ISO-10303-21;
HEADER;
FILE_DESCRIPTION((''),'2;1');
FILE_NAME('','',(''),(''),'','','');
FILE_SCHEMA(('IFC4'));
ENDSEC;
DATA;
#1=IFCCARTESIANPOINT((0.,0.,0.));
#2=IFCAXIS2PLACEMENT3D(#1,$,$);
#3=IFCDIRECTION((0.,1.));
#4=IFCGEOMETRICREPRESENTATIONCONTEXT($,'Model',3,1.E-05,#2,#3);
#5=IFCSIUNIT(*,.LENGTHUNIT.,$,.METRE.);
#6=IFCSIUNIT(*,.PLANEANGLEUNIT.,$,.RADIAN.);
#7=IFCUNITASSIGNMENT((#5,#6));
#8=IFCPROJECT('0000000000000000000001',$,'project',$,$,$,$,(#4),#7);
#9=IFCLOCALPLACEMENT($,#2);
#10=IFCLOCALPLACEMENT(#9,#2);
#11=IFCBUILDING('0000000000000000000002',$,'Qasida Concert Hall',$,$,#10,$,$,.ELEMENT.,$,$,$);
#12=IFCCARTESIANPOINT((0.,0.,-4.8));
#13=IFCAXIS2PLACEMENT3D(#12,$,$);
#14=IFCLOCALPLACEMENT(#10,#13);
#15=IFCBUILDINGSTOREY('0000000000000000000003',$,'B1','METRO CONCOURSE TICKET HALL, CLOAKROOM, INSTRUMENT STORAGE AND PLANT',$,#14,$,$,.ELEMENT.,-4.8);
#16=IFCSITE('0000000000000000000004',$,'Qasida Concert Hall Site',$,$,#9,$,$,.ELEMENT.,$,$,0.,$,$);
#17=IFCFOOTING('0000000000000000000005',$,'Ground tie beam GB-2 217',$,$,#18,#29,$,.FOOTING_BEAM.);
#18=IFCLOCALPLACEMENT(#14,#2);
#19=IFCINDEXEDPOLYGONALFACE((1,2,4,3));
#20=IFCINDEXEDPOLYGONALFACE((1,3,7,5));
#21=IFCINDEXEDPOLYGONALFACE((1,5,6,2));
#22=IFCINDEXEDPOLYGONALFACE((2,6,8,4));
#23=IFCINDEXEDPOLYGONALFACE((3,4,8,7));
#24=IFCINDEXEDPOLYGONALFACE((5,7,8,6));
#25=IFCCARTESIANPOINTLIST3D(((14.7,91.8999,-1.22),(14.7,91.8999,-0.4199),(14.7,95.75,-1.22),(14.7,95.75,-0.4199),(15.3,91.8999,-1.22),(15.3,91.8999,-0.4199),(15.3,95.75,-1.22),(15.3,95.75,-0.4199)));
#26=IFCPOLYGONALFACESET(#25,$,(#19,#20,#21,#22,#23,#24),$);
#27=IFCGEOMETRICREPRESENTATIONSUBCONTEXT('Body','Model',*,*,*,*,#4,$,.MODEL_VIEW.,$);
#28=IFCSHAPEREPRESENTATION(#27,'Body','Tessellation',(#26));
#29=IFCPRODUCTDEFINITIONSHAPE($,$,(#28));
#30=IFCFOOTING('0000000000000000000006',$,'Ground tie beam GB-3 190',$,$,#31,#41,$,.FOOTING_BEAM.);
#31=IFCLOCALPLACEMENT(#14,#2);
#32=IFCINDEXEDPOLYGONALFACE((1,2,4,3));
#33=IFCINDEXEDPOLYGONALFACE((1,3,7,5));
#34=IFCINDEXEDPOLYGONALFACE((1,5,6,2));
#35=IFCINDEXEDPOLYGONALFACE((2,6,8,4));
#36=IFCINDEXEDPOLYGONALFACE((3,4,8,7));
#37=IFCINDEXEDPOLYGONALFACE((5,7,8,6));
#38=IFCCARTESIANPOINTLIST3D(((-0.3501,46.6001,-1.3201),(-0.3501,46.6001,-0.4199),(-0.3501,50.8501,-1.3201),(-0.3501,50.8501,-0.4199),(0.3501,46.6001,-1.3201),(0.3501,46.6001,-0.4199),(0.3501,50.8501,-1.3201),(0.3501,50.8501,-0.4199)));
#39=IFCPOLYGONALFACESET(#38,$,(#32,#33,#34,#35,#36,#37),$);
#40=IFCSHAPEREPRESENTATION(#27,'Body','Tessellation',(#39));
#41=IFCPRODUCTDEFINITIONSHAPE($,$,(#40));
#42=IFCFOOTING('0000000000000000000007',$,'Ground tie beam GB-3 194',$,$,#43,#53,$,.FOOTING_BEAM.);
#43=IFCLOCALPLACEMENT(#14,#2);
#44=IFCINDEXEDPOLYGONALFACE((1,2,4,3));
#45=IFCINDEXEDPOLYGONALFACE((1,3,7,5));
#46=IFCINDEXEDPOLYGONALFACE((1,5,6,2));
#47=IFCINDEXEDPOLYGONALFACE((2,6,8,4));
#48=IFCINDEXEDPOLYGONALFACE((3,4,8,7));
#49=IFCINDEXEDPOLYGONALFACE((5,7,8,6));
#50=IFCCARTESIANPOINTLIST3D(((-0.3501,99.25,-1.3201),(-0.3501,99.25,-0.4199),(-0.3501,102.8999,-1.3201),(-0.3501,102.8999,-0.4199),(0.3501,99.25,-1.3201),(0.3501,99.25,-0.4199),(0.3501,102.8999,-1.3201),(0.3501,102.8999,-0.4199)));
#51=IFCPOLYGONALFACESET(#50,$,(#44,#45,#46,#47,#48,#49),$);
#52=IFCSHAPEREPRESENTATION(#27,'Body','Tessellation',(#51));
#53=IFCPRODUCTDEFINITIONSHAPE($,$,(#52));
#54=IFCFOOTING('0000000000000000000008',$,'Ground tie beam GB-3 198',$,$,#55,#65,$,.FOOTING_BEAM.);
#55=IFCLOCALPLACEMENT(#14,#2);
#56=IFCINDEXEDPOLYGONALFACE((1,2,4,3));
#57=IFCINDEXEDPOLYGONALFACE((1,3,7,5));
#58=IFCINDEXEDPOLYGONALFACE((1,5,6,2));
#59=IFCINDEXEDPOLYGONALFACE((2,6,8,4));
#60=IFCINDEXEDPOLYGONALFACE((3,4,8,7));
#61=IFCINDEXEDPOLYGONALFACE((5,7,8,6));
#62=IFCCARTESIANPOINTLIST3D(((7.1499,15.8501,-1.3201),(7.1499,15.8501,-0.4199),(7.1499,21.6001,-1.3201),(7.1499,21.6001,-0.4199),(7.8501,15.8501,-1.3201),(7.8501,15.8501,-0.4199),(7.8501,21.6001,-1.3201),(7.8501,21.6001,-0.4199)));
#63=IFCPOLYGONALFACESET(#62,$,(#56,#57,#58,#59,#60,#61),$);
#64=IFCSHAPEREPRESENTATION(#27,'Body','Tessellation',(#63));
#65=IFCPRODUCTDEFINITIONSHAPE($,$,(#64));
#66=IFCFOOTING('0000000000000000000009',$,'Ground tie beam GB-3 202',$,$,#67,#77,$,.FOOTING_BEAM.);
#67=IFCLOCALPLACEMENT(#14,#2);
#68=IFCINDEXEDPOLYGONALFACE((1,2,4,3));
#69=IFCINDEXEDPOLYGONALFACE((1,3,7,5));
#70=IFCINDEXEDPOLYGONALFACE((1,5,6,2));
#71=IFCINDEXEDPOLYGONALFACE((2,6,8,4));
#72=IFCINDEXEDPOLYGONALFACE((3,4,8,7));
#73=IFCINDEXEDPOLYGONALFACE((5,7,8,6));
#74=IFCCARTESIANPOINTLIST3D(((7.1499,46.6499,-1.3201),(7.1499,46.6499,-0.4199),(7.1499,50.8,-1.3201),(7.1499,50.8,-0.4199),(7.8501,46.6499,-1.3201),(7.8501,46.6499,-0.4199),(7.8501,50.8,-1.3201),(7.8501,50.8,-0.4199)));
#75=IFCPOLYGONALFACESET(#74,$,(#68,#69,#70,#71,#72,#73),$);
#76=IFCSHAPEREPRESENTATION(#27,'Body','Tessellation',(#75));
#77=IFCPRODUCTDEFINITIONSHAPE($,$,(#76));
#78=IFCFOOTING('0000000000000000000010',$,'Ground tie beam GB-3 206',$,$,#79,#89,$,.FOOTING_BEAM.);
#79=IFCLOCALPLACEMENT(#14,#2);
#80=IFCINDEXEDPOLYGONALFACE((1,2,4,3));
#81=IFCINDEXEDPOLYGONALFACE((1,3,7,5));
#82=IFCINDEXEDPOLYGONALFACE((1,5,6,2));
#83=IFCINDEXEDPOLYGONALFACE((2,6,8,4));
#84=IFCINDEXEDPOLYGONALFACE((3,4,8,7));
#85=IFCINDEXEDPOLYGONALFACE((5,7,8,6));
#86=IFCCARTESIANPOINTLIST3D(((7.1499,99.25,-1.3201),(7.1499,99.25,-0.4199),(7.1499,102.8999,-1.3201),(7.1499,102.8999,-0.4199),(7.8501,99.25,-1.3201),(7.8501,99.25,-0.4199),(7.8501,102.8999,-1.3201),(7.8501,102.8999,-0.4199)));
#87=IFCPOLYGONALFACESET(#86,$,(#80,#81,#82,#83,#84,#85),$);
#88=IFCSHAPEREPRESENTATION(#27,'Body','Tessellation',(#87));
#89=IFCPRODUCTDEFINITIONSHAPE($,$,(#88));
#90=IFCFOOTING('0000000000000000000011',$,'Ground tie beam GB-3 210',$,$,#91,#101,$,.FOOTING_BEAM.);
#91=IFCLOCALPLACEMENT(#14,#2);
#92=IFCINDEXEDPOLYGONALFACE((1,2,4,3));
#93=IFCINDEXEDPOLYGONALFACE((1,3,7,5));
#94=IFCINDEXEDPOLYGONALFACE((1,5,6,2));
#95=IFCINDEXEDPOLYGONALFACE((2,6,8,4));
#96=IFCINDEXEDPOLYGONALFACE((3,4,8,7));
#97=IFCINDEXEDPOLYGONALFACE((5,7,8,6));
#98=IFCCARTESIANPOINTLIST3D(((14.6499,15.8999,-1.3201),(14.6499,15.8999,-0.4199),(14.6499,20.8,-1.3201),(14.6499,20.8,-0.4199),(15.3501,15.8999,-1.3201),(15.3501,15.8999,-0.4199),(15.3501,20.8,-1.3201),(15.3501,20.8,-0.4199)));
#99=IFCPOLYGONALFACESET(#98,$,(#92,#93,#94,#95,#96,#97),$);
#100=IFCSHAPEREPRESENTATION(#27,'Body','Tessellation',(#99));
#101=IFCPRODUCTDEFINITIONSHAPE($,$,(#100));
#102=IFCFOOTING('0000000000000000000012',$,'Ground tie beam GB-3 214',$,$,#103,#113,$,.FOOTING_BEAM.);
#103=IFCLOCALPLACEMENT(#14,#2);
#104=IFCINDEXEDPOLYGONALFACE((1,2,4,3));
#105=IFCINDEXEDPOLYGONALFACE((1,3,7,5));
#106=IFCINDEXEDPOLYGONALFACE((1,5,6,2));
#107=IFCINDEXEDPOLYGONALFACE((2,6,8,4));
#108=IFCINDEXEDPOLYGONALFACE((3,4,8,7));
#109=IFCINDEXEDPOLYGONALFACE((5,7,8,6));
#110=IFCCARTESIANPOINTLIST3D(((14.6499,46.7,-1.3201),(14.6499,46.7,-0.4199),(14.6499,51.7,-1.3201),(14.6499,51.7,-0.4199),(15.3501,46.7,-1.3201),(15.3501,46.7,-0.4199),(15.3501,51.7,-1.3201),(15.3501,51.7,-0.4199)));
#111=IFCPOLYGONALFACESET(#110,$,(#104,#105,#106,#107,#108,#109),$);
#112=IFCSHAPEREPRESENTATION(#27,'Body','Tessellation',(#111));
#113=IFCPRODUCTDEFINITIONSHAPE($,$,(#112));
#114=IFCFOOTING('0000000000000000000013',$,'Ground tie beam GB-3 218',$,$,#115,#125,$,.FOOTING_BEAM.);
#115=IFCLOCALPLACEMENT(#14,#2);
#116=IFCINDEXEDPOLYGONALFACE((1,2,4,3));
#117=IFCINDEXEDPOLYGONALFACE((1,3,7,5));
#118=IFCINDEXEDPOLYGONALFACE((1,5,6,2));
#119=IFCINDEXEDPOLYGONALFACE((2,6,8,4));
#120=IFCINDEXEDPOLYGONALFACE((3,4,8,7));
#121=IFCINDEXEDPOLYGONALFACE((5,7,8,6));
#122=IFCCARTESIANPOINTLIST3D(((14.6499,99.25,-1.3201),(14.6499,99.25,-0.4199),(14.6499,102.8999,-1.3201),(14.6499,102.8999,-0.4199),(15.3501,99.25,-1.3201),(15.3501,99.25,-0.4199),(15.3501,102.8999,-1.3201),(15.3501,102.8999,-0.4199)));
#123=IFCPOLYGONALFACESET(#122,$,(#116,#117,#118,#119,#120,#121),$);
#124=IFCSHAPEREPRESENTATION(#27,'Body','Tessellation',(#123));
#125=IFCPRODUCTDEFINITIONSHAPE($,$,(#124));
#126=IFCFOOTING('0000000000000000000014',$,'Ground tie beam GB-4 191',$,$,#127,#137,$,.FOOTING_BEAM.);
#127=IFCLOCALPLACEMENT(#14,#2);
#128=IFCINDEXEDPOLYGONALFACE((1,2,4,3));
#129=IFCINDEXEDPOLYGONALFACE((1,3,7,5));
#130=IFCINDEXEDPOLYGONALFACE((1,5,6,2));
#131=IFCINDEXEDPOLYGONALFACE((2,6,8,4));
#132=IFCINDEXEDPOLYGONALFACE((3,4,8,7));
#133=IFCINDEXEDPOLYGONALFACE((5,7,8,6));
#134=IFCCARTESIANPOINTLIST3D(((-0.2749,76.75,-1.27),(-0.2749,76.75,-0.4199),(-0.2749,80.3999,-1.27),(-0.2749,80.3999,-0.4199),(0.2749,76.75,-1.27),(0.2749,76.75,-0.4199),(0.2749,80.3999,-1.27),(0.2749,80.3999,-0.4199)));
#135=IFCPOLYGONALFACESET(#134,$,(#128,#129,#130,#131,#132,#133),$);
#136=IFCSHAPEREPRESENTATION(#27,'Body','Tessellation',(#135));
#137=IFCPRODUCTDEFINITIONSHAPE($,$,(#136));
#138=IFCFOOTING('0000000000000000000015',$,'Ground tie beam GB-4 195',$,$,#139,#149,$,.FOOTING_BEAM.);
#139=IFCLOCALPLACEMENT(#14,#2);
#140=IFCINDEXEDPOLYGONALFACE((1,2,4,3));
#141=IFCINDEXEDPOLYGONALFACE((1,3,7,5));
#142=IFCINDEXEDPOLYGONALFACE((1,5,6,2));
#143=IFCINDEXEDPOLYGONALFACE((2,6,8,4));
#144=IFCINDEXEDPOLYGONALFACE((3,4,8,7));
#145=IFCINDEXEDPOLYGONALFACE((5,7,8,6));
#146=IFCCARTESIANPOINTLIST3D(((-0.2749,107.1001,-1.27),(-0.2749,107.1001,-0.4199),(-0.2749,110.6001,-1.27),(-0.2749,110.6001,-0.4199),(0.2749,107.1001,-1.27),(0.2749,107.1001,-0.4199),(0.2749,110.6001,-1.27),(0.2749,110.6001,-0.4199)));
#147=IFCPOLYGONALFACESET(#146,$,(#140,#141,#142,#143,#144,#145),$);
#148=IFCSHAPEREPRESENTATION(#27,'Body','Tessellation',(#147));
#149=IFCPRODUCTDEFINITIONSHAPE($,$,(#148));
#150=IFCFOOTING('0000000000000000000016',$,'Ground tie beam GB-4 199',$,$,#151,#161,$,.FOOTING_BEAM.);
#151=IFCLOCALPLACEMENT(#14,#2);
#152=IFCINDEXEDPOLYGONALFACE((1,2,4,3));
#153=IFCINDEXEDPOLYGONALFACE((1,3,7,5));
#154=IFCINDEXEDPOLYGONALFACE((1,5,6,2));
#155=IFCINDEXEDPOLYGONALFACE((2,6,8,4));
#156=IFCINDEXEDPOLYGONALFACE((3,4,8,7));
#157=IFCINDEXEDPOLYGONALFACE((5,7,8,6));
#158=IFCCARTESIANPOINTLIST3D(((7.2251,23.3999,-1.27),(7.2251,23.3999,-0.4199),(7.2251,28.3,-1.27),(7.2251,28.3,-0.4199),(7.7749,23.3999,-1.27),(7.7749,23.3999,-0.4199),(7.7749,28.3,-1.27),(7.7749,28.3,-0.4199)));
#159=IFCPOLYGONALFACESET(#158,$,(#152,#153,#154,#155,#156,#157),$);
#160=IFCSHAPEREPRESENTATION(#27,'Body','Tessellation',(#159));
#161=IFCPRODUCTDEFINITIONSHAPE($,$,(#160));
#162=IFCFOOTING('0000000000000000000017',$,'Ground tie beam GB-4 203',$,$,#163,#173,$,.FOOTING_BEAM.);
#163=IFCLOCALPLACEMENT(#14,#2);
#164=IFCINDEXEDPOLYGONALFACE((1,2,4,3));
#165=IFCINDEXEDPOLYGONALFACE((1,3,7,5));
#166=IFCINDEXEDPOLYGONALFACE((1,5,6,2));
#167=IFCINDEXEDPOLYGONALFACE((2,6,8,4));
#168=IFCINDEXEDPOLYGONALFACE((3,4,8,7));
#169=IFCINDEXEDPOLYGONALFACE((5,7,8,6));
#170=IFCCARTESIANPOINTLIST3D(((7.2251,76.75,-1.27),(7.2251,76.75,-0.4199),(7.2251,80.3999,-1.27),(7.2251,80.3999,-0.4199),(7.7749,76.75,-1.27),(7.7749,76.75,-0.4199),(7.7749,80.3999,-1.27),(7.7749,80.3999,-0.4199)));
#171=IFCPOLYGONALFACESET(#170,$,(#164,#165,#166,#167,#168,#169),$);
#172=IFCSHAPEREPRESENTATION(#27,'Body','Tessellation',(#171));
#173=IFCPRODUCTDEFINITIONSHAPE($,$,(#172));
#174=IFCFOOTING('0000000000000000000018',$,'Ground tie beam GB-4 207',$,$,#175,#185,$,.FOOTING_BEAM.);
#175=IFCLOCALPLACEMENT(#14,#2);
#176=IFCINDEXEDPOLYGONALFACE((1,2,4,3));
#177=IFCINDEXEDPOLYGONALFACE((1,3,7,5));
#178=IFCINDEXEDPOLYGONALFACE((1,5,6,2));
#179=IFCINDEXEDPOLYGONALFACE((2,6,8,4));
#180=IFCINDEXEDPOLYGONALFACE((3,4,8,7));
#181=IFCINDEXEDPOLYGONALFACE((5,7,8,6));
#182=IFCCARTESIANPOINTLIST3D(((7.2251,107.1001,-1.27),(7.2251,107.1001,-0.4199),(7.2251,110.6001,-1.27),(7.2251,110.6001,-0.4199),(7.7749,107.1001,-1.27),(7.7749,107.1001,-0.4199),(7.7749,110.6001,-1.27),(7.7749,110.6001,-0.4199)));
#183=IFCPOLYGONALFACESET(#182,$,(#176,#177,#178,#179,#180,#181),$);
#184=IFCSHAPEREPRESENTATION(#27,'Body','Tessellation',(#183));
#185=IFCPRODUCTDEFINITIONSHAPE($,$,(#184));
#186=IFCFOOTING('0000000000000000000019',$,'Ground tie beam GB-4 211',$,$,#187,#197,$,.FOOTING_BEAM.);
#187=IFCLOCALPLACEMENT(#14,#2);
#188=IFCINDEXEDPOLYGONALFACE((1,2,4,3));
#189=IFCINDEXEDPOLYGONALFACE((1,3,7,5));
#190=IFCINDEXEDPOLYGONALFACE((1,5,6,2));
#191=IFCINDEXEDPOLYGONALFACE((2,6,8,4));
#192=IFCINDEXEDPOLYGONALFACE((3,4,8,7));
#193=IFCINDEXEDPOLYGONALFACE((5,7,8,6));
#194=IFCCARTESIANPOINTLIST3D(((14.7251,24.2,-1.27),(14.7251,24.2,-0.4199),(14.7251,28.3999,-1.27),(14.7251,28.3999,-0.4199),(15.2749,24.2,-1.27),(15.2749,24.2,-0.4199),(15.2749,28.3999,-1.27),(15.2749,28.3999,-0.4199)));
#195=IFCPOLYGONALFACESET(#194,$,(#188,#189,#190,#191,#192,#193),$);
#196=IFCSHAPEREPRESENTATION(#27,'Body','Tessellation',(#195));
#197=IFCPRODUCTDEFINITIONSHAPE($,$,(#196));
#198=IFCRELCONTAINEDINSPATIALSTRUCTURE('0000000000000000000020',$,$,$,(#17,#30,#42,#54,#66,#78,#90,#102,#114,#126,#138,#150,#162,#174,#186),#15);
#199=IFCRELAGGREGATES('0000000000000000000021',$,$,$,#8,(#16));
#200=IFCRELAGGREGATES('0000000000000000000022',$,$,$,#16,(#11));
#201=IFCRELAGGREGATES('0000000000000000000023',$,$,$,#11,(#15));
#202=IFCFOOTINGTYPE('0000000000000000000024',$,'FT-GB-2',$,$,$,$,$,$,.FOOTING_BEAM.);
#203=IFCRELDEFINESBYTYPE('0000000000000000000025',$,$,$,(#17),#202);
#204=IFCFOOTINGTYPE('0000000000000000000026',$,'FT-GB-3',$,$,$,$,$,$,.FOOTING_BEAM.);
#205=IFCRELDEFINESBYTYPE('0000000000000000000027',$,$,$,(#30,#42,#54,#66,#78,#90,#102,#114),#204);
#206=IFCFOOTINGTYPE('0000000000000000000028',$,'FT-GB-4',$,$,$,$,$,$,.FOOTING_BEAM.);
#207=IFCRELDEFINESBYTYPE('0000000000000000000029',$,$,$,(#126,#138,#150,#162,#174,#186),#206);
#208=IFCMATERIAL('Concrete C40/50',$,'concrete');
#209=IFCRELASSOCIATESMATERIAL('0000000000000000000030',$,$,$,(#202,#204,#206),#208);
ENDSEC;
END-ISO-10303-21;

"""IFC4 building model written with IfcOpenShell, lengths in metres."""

from ifc_helpers import new_model, si_unit, direction, frame, origin, place, context, subcontext, project, spatial, polyline, outline, extrude, material, type_object, element, save


model = new_model("IFC4")

# Units and contexts
model_context = context("Model", 3, precision=1e-05, world=origin(), true_north=direction((0.0, 1.0)))
body_context = subcontext(model_context, "Body", "Model", "MODEL_VIEW")
ifc_project = project(units=[si_unit("LENGTHUNIT", "METRE"), si_unit("PLANEANGLEUNIT", "RADIAN")], contexts=[model_context])

# Site, building, storey
site_placement = place(None, origin())
site = spatial("IfcSite", under=ifc_project, at=site_placement, Name="Qasida Concert Hall Site", CompositionType="ELEMENT", RefElevation=0.0)
building_placement = place(site_placement, origin())
building = spatial("IfcBuilding", under=site, at=building_placement, Name="Qasida Concert Hall", CompositionType="ELEMENT")
storey_placement = place(building_placement, frame((0.0, 0.0, -4.8)))
storey = spatial("IfcBuildingStorey", under=building, at=storey_placement, Name="B1", Description="METRO CONCOURSE TICKET HALL, CLOAKROOM, INSTRUMENT STORAGE AND PLANT", CompositionType="ELEMENT", Elevation=-4.8)

# Footings
ifc_material = material(Name="Concrete C40/50", Category="concrete")
footing_type_1 = type_object("IfcFootingType", Name="FT-GB-2", PredefinedType="FOOTING_BEAM", material=ifc_material)
footing_1_placement = place(storey_placement, frame((0.0, 0.0, -1.22)))
element("IfcFooting", 1, at=footing_1_placement, inside=storey, type_object=footing_type_1, Name="Ground tie beam GB-2 217", PredefinedType="FOOTING_BEAM", context=body_context, shape_type="SweptSolid", body=[
    extrude(outline(polyline([(14.7, 91.8999), (15.3, 91.8999), (15.3, 95.75), (14.7, 95.75), (14.7, 91.8999)])), origin(), (0.0, 0.0, 1.0), 0.8),
])
footing_type_2 = type_object("IfcFootingType", Name="FT-GB-3", PredefinedType="FOOTING_BEAM", material=ifc_material)
footing_2_placement = place(storey_placement, frame((0.0, 0.0, -1.3201)))
element("IfcFooting", 2, at=footing_2_placement, inside=storey, type_object=footing_type_2, Name="Ground tie beam GB-3 190", PredefinedType="FOOTING_BEAM", context=body_context, shape_type="SweptSolid", body=[
    extrude(outline(polyline([(-0.3501, 46.6001), (0.3501, 46.6001), (0.3501, 50.8501), (-0.3501, 50.8501), (-0.3501, 46.6001)])), origin(), (0.0, 0.0, 1.0), 0.9001),
])
footing_3_placement = place(storey_placement, frame((0.0, 0.0, -1.3201)))
element("IfcFooting", 3, at=footing_3_placement, inside=storey, type_object=footing_type_2, Name="Ground tie beam GB-3 194", PredefinedType="FOOTING_BEAM", context=body_context, shape_type="SweptSolid", body=[
    extrude(outline(polyline([(-0.3501, 99.25), (0.3501, 99.25), (0.3501, 102.8999), (-0.3501, 102.8999), (-0.3501, 99.25)])), origin(), (0.0, 0.0, 1.0), 0.9001),
])
footing_4_placement = place(storey_placement, frame((0.0, 0.0, -1.3201)))
element("IfcFooting", 4, at=footing_4_placement, inside=storey, type_object=footing_type_2, Name="Ground tie beam GB-3 198", PredefinedType="FOOTING_BEAM", context=body_context, shape_type="SweptSolid", body=[
    extrude(outline(polyline([(7.1499, 15.8501), (7.8501, 15.8501), (7.8501, 21.6001), (7.1499, 21.6001), (7.1499, 15.8501)])), origin(), (0.0, 0.0, 1.0), 0.9001),
])
footing_5_placement = place(storey_placement, frame((0.0, 0.0, -1.3201)))
element("IfcFooting", 5, at=footing_5_placement, inside=storey, type_object=footing_type_2, Name="Ground tie beam GB-3 202", PredefinedType="FOOTING_BEAM", context=body_context, shape_type="SweptSolid", body=[
    extrude(outline(polyline([(7.1499, 46.6499), (7.8501, 46.6499), (7.8501, 50.8), (7.1499, 50.8), (7.1499, 46.6499)])), origin(), (0.0, 0.0, 1.0), 0.9001),
])
footing_6_placement = place(storey_placement, frame((0.0, 0.0, -1.3201)))
element("IfcFooting", 6, at=footing_6_placement, inside=storey, type_object=footing_type_2, Name="Ground tie beam GB-3 206", PredefinedType="FOOTING_BEAM", context=body_context, shape_type="SweptSolid", body=[
    extrude(outline(polyline([(7.1499, 99.25), (7.8501, 99.25), (7.8501, 102.8999), (7.1499, 102.8999), (7.1499, 99.25)])), origin(), (0.0, 0.0, 1.0), 0.9001),
])
footing_7_placement = place(storey_placement, frame((0.0, 0.0, -1.3201)))
element("IfcFooting", 7, at=footing_7_placement, inside=storey, type_object=footing_type_2, Name="Ground tie beam GB-3 210", PredefinedType="FOOTING_BEAM", context=body_context, shape_type="SweptSolid", body=[
    extrude(outline(polyline([(14.6499, 15.8999), (15.3501, 15.8999), (15.3501, 20.8), (14.6499, 20.8), (14.6499, 15.8999)])), origin(), (0.0, 0.0, 1.0), 0.9001),
])
footing_8_placement = place(storey_placement, frame((0.0, 0.0, -1.3201)))
element("IfcFooting", 8, at=footing_8_placement, inside=storey, type_object=footing_type_2, Name="Ground tie beam GB-3 214", PredefinedType="FOOTING_BEAM", context=body_context, shape_type="SweptSolid", body=[
    extrude(outline(polyline([(14.6499, 46.7), (15.3501, 46.7), (15.3501, 51.7), (14.6499, 51.7), (14.6499, 46.7)])), origin(), (0.0, 0.0, 1.0), 0.9001),
])
footing_9_placement = place(storey_placement, frame((0.0, 0.0, -1.3201)))
element("IfcFooting", 9, at=footing_9_placement, inside=storey, type_object=footing_type_2, Name="Ground tie beam GB-3 218", PredefinedType="FOOTING_BEAM", context=body_context, shape_type="SweptSolid", body=[
    extrude(outline(polyline([(14.6499, 99.25), (15.3501, 99.25), (15.3501, 102.8999), (14.6499, 102.8999), (14.6499, 99.25)])), origin(), (0.0, 0.0, 1.0), 0.9001),
])
footing_type_3 = type_object("IfcFootingType", Name="FT-GB-4", PredefinedType="FOOTING_BEAM", material=ifc_material)
footing_10_placement = place(storey_placement, frame((0.0, 0.0, -1.27)))
element("IfcFooting", 10, at=footing_10_placement, inside=storey, type_object=footing_type_3, Name="Ground tie beam GB-4 191", PredefinedType="FOOTING_BEAM", context=body_context, shape_type="SweptSolid", body=[
    extrude(outline(polyline([(-0.2749, 76.75), (0.2749, 76.75), (0.2749, 80.3999), (-0.2749, 80.3999), (-0.2749, 76.75)])), origin(), (0.0, 0.0, 1.0), 0.8501),
])
footing_11_placement = place(storey_placement, frame((0.0, 0.0, -1.27)))
element("IfcFooting", 11, at=footing_11_placement, inside=storey, type_object=footing_type_3, Name="Ground tie beam GB-4 195", PredefinedType="FOOTING_BEAM", context=body_context, shape_type="SweptSolid", body=[
    extrude(outline(polyline([(-0.2749, 107.1001), (0.2749, 107.1001), (0.2749, 110.6001), (-0.2749, 110.6001), (-0.2749, 107.1001)])), origin(), (0.0, 0.0, 1.0), 0.8501),
])
footing_12_placement = place(storey_placement, frame((0.0, 0.0, -1.27)))
element("IfcFooting", 12, at=footing_12_placement, inside=storey, type_object=footing_type_3, Name="Ground tie beam GB-4 199", PredefinedType="FOOTING_BEAM", context=body_context, shape_type="SweptSolid", body=[
    extrude(outline(polyline([(7.2251, 23.3999), (7.7749, 23.3999), (7.7749, 28.3), (7.2251, 28.3), (7.2251, 23.3999)])), origin(), (0.0, 0.0, 1.0), 0.8501),
])
footing_13_placement = place(storey_placement, frame((0.0, 0.0, -1.27)))
element("IfcFooting", 13, at=footing_13_placement, inside=storey, type_object=footing_type_3, Name="Ground tie beam GB-4 203", PredefinedType="FOOTING_BEAM", context=body_context, shape_type="SweptSolid", body=[
    extrude(outline(polyline([(7.2251, 76.75), (7.7749, 76.75), (7.7749, 80.3999), (7.2251, 80.3999), (7.2251, 76.75)])), origin(), (0.0, 0.0, 1.0), 0.8501),
])
footing_14_placement = place(storey_placement, frame((0.0, 0.0, -1.27)))
element("IfcFooting", 14, at=footing_14_placement, inside=storey, type_object=footing_type_3, Name="Ground tie beam GB-4 207", PredefinedType="FOOTING_BEAM", context=body_context, shape_type="SweptSolid", body=[
    extrude(outline(polyline([(7.2251, 107.1001), (7.7749, 107.1001), (7.7749, 110.6001), (7.2251, 110.6001), (7.2251, 107.1001)])), origin(), (0.0, 0.0, 1.0), 0.8501),
])
footing_15_placement = place(storey_placement, frame((0.0, 0.0, -1.27)))
element("IfcFooting", 15, at=footing_15_placement, inside=storey, type_object=footing_type_3, Name="Ground tie beam GB-4 211", PredefinedType="FOOTING_BEAM", context=body_context, shape_type="SweptSolid", body=[
    extrude(outline(polyline([(14.7251, 24.2), (15.2749, 24.2), (15.2749, 28.3999), (14.7251, 28.3999), (14.7251, 24.2)])), origin(), (0.0, 0.0, 1.0), 0.8501),
])

save(model, "model.ifc")
